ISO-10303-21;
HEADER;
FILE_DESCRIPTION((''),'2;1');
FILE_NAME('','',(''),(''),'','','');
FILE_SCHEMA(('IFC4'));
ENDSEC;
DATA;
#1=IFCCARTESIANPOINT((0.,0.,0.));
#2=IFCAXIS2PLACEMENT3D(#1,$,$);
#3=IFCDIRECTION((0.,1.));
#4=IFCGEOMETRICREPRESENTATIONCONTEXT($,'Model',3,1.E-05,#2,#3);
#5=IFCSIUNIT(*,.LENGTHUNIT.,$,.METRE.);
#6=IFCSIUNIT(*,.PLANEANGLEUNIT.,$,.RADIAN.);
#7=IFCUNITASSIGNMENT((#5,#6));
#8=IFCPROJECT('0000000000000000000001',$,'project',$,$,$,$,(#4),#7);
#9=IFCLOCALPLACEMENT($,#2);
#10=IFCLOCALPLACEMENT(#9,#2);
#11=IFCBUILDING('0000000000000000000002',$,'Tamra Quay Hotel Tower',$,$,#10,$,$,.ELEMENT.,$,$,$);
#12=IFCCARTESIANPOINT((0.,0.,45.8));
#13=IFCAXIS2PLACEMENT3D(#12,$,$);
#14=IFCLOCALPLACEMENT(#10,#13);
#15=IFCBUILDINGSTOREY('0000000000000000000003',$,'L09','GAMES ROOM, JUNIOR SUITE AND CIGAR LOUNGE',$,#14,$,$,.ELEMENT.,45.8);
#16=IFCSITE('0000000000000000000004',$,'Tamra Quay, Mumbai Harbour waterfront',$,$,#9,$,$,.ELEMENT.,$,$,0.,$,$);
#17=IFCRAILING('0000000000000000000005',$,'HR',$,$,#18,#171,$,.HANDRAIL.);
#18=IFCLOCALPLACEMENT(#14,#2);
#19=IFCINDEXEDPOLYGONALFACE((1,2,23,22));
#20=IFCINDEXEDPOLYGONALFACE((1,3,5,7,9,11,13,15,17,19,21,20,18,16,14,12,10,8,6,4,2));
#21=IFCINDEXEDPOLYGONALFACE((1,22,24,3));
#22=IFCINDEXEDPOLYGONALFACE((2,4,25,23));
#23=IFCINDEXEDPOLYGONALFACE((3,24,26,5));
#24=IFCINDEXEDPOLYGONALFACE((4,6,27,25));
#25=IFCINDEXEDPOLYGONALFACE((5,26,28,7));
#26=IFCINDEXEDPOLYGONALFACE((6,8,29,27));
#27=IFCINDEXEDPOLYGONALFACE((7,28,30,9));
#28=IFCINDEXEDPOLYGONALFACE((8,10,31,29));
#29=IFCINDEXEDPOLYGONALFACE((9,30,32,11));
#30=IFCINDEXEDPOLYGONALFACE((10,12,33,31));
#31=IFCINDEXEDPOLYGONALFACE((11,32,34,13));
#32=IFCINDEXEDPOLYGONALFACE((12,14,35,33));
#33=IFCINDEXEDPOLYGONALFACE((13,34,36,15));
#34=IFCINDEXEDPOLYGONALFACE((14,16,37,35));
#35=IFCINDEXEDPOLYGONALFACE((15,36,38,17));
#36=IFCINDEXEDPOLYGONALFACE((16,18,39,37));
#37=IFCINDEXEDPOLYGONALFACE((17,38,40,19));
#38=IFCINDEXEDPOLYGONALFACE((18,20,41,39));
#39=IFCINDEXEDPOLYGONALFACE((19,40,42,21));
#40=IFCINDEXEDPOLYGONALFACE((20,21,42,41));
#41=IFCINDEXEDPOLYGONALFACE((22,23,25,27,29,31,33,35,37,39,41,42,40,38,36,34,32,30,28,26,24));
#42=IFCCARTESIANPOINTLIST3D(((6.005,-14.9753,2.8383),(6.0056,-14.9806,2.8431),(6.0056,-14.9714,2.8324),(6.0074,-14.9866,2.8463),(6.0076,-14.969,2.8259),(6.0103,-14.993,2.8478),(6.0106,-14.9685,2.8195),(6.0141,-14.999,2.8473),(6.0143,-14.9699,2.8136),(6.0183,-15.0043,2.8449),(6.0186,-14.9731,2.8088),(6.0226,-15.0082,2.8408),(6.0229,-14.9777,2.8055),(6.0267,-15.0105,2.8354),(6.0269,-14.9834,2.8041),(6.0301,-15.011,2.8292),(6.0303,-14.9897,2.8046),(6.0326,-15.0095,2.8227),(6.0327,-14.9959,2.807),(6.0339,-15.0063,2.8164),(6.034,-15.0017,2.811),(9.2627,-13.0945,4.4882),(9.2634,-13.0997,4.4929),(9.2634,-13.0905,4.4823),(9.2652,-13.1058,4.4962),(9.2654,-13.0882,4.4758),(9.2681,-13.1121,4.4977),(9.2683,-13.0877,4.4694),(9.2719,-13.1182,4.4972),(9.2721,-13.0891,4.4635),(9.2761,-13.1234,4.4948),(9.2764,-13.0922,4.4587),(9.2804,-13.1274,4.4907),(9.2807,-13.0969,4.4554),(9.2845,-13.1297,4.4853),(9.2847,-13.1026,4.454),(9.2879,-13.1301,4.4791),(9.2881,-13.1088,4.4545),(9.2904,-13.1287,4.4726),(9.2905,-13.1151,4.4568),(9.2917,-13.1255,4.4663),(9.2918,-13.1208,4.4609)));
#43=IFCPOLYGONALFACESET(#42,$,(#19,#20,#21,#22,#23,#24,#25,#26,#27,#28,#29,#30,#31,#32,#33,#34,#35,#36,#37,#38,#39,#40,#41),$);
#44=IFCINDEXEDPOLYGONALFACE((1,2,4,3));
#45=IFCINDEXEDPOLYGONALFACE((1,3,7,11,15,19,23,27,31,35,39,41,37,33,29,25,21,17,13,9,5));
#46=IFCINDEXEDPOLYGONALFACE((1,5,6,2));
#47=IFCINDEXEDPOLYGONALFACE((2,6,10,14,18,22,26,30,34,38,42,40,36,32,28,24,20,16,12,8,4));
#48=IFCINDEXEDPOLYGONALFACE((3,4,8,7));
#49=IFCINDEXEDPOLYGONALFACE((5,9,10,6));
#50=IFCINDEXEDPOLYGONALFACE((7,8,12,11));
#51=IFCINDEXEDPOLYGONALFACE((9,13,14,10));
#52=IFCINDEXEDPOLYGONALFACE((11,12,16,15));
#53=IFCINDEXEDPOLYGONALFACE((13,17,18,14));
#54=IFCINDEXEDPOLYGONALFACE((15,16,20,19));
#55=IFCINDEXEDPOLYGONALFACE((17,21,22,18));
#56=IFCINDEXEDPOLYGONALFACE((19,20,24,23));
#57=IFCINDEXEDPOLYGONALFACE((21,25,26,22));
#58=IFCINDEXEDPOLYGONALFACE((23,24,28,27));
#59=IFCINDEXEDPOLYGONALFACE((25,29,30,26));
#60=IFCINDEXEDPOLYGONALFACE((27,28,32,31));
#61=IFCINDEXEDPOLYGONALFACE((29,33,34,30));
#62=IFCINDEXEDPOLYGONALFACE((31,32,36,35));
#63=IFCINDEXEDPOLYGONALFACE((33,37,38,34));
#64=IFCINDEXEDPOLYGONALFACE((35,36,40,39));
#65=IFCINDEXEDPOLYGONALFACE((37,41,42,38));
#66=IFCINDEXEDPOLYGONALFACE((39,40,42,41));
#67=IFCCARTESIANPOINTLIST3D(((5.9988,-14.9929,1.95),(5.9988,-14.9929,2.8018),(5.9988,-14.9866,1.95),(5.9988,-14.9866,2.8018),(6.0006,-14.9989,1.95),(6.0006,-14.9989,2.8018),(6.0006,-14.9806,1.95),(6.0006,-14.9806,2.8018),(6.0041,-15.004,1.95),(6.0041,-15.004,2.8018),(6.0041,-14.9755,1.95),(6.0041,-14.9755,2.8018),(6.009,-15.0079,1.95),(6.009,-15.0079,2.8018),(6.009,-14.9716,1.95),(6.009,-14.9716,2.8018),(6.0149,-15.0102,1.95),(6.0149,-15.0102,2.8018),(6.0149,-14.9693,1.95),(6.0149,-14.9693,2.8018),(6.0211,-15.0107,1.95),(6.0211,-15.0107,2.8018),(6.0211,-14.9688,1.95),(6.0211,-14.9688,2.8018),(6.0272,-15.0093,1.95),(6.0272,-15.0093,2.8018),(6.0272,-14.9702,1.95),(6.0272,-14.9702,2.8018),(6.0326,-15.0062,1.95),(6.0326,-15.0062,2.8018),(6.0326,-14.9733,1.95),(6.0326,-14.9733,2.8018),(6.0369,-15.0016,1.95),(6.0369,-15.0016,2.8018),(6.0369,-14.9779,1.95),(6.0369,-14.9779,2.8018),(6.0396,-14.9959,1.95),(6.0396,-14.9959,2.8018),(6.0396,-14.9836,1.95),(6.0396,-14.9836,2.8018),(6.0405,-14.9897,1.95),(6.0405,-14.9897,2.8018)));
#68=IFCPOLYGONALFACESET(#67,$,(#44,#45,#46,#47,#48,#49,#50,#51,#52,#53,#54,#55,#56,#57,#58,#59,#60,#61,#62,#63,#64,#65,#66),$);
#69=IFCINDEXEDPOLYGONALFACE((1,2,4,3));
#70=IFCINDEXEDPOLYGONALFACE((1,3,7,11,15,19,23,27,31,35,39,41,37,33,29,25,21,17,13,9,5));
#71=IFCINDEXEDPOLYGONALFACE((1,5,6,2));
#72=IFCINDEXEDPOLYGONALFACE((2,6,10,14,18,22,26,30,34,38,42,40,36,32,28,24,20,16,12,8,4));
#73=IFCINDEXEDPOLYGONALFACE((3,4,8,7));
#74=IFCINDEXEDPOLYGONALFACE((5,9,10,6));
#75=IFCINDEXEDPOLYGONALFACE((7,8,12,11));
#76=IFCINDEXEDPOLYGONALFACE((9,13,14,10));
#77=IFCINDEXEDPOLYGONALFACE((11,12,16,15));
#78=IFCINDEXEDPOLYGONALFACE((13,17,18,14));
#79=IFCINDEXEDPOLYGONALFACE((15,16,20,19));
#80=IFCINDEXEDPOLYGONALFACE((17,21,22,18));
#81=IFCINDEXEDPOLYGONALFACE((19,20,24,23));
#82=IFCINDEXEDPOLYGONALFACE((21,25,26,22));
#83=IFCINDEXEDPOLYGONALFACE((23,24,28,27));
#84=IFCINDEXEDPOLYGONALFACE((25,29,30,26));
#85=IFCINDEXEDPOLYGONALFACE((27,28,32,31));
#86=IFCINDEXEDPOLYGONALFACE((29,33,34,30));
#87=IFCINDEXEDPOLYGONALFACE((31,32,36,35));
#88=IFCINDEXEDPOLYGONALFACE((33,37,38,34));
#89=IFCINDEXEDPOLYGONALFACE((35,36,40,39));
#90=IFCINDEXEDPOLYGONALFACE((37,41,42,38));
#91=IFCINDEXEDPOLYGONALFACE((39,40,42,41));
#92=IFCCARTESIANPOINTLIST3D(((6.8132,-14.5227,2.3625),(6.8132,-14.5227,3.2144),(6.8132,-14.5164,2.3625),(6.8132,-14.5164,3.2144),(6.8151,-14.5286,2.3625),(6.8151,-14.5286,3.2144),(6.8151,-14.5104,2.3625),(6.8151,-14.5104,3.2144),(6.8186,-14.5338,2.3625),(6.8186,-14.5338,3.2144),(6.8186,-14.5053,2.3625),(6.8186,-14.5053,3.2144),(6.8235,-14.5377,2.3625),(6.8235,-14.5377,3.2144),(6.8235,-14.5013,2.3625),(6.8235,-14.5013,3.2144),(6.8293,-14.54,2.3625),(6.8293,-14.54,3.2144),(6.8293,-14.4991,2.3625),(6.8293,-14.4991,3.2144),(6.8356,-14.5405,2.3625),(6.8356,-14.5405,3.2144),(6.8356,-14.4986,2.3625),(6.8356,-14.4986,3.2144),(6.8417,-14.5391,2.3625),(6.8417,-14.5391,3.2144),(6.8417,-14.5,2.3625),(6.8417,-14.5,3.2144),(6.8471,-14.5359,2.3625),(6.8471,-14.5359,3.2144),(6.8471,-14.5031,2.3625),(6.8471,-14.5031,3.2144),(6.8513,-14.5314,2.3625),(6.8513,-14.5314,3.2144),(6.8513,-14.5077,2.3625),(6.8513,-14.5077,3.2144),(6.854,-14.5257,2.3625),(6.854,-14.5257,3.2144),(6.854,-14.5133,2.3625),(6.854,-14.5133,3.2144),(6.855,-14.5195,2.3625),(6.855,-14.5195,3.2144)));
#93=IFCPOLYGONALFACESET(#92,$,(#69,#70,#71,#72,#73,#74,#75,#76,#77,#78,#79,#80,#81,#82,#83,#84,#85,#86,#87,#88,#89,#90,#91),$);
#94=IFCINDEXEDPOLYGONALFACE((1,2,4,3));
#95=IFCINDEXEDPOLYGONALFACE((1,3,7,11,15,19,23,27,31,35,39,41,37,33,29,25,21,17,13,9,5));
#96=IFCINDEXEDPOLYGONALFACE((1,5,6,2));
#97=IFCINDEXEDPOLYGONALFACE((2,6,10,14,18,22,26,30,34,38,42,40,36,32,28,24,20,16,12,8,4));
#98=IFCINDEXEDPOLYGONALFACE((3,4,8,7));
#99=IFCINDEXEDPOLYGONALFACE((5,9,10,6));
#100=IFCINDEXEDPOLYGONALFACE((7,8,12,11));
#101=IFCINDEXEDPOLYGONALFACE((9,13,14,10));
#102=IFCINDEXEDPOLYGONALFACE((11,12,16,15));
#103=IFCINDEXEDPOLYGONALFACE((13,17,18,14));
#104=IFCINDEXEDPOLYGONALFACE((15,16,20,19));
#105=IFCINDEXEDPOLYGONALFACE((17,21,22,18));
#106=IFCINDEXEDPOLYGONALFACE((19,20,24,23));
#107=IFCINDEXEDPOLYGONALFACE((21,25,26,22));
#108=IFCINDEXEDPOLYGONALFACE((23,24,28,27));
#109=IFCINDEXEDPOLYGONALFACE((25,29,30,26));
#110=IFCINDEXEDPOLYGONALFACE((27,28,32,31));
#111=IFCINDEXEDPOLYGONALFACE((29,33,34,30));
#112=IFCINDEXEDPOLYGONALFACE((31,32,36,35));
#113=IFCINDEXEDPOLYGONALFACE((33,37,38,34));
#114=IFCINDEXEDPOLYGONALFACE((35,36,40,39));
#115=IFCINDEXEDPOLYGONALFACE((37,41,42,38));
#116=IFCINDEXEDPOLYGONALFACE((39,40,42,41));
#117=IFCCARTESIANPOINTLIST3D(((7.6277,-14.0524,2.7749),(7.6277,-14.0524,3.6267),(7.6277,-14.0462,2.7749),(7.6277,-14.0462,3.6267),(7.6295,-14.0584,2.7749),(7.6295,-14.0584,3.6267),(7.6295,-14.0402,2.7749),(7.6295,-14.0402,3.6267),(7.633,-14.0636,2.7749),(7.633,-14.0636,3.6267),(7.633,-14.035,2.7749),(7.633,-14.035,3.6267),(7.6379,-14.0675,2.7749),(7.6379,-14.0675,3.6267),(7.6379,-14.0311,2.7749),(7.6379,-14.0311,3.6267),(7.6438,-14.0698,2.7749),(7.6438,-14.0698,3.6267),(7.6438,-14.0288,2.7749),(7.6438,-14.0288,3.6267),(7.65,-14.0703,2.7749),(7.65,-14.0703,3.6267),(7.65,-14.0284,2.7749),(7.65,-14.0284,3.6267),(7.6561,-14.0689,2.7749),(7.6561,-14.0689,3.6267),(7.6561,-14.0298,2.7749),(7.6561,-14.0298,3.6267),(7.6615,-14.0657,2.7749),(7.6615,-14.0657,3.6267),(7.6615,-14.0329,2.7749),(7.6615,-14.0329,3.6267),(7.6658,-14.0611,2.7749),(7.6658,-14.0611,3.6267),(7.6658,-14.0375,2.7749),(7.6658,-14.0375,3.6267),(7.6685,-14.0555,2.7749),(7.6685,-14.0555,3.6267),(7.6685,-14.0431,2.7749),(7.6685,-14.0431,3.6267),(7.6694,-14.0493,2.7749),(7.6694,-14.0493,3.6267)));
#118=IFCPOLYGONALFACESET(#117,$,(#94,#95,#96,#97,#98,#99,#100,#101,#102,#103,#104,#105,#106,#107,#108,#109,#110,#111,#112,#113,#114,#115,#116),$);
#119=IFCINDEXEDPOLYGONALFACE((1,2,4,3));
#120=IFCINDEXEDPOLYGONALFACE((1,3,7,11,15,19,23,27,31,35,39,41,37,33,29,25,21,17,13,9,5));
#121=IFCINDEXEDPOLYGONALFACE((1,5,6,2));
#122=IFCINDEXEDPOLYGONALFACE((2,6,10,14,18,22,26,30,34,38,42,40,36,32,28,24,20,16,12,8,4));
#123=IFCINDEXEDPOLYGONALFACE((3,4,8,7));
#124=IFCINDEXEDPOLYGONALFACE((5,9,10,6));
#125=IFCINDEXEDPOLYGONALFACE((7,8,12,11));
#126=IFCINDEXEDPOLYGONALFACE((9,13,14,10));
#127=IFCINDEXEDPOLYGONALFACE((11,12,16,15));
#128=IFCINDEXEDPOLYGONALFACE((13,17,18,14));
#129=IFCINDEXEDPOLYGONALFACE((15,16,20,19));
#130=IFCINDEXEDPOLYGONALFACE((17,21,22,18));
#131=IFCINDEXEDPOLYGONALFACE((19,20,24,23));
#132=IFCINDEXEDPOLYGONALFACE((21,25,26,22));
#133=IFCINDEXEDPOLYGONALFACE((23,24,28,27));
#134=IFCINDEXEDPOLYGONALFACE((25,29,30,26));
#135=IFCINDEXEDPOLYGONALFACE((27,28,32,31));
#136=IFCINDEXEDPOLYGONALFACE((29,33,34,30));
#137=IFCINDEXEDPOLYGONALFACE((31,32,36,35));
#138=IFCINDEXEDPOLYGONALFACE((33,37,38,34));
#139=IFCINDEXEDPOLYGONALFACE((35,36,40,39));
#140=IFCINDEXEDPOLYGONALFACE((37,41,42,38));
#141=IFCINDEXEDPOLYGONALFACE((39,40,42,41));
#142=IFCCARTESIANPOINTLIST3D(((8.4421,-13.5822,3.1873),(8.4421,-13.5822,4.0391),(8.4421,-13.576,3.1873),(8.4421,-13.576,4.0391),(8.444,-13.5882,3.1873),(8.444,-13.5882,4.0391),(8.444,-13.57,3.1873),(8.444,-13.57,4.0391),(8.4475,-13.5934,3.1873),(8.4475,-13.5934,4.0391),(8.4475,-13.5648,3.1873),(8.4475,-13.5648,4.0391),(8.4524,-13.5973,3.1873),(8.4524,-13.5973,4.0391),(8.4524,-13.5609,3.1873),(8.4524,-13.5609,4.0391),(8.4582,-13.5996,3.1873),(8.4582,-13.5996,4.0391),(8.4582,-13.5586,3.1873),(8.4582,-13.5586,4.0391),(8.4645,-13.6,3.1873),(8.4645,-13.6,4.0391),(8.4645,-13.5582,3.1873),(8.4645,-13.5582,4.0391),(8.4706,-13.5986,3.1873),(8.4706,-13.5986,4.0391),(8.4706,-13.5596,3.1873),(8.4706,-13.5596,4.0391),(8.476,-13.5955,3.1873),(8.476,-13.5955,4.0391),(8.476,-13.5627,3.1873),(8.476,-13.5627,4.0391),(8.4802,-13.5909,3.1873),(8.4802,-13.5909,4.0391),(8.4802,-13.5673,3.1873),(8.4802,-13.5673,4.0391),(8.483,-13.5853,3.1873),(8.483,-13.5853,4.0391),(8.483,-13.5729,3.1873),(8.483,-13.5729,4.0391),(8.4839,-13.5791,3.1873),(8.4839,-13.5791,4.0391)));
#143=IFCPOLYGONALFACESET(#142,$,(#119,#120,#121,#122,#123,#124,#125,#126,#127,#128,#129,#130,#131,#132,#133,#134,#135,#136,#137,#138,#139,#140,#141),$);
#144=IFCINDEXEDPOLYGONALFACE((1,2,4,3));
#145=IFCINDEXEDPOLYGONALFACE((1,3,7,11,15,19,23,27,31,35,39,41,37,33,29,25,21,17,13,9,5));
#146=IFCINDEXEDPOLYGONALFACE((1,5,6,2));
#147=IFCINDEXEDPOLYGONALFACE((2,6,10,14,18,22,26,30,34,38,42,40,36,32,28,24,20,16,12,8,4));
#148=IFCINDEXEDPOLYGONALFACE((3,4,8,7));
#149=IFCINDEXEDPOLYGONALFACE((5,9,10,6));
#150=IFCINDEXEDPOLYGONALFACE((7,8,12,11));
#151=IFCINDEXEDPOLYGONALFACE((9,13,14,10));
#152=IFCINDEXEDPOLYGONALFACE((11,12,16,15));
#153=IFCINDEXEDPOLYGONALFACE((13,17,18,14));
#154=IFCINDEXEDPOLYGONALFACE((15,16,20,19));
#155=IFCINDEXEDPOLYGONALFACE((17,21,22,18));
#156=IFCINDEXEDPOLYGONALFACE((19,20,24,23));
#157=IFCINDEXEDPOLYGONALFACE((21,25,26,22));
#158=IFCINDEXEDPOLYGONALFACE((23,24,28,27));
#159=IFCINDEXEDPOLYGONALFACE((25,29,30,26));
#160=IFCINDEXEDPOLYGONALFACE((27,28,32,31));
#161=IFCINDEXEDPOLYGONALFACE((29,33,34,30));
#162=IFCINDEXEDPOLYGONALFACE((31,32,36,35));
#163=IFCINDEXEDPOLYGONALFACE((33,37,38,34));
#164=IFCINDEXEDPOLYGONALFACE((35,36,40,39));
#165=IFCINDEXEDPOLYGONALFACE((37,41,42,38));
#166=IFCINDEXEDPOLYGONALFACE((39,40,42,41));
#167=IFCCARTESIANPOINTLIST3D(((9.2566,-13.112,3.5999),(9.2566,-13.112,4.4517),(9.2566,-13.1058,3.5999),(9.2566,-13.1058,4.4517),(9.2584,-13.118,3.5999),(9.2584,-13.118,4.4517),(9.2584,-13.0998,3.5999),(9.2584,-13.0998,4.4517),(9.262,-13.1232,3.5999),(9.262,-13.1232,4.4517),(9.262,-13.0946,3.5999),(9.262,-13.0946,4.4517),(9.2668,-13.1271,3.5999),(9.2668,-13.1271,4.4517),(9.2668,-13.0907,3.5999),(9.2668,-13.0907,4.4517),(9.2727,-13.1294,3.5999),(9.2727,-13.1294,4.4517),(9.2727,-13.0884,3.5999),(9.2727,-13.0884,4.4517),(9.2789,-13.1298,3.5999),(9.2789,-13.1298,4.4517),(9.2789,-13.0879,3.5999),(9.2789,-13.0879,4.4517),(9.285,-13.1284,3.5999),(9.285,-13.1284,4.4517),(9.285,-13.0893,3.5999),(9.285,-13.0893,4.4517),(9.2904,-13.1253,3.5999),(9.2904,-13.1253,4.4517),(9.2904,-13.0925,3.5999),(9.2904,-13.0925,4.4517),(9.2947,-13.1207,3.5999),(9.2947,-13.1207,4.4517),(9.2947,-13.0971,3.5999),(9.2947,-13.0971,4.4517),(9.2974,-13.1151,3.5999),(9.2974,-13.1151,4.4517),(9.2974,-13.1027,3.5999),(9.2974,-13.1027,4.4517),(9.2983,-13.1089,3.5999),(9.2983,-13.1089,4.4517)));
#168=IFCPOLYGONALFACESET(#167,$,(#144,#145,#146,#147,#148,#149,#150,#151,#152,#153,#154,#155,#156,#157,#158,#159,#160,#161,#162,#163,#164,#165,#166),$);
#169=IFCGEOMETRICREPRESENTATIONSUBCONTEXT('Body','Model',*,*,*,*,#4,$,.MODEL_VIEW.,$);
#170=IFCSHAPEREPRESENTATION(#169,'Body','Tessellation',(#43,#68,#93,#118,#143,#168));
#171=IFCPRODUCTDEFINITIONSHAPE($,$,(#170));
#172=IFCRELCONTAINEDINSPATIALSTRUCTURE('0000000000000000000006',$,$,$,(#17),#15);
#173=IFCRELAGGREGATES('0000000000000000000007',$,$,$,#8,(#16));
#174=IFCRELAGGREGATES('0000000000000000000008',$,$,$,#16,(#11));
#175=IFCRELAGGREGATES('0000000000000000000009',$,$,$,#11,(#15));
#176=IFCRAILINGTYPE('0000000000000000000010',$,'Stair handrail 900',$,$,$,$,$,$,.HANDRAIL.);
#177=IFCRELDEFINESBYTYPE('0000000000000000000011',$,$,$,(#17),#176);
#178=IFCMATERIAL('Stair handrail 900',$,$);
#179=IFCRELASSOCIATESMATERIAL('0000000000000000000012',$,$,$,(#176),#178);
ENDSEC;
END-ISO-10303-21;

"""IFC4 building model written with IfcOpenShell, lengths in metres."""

from ifc_helpers import new_model, si_unit, direction, frame, origin, origin_2d, place, context, subcontext, project, spatial, circle, extrude, material, type_object, element, save


model = new_model("IFC4")

# Units and contexts
model_context = context("Model", 3, precision=1e-05, world=origin(), true_north=direction((0.0, 1.0)))
body_context = subcontext(model_context, "Body", "Model", "MODEL_VIEW")
ifc_project = project(units=[si_unit("LENGTHUNIT", "METRE"), si_unit("PLANEANGLEUNIT", "RADIAN")], contexts=[model_context])

# Site, building, storey
site_placement = place(None, origin())
site = spatial("IfcSite", under=ifc_project, at=site_placement, Name="Tamra Quay, Mumbai Harbour waterfront", CompositionType="ELEMENT", RefElevation=0.0)
building_placement = place(site_placement, origin())
building = spatial("IfcBuilding", under=site, at=building_placement, Name="Tamra Quay Hotel Tower", CompositionType="ELEMENT")
storey_placement = place(building_placement, frame((0.0, 0.0, 45.8)))
storey = spatial("IfcBuildingStorey", under=building, at=storey_placement, Name="L09", Description="GAMES ROOM, JUNIOR SUITE AND CIGAR LOUNGE", CompositionType="ELEMENT", Elevation=45.8)

# Railing
ifc_material_1 = material(Name="Stair handrail 900")
railing_type_1 = type_object("IfcRailingType", Name="Stair handrail 900", PredefinedType="HANDRAIL", material=ifc_material_1)
railing_1_placement = place(storey_placement, frame((6.0195, -14.9897, 1.95)))
element("IfcRailing", 1, at=railing_1_placement, inside=storey, type_object=railing_type_1, Name="HR", PredefinedType="HANDRAIL", context=body_context, shape_type="SweptSolid", body=[
    extrude(circle(Radius=0.0239, at=origin_2d()), frame((0.0, 0.0, 0.876), z_axis=(0.7931, 0.457887, 0.401661), x_axis=(-0.499992, 0.86603, 0.0)), (0.0, 0.0, 1.0), 4.1077),
    extrude(circle(Radius=0.021, at=origin_2d()), origin(), (0.0, 0.0, 1.0), 0.8518),
    extrude(circle(Radius=0.021, at=origin_2d()), frame((0.8145, 0.4702, 0.4126)), (0.0, 0.0, 1.0), 0.8518),
    extrude(circle(Radius=0.021, at=origin_2d()), frame((1.6289, 0.9404, 0.825)), (0.0, 0.0, 1.0), 0.8518),
    extrude(circle(Radius=0.021, at=origin_2d()), frame((2.4434, 1.4106, 1.2373)), (0.0, 0.0, 1.0), 0.8518),
    extrude(circle(Radius=0.021, at=origin_2d()), frame((3.2578, 1.8809, 1.6499)), (0.0, 0.0, 1.0), 0.8518),
])

save(model, "model.ifc")
